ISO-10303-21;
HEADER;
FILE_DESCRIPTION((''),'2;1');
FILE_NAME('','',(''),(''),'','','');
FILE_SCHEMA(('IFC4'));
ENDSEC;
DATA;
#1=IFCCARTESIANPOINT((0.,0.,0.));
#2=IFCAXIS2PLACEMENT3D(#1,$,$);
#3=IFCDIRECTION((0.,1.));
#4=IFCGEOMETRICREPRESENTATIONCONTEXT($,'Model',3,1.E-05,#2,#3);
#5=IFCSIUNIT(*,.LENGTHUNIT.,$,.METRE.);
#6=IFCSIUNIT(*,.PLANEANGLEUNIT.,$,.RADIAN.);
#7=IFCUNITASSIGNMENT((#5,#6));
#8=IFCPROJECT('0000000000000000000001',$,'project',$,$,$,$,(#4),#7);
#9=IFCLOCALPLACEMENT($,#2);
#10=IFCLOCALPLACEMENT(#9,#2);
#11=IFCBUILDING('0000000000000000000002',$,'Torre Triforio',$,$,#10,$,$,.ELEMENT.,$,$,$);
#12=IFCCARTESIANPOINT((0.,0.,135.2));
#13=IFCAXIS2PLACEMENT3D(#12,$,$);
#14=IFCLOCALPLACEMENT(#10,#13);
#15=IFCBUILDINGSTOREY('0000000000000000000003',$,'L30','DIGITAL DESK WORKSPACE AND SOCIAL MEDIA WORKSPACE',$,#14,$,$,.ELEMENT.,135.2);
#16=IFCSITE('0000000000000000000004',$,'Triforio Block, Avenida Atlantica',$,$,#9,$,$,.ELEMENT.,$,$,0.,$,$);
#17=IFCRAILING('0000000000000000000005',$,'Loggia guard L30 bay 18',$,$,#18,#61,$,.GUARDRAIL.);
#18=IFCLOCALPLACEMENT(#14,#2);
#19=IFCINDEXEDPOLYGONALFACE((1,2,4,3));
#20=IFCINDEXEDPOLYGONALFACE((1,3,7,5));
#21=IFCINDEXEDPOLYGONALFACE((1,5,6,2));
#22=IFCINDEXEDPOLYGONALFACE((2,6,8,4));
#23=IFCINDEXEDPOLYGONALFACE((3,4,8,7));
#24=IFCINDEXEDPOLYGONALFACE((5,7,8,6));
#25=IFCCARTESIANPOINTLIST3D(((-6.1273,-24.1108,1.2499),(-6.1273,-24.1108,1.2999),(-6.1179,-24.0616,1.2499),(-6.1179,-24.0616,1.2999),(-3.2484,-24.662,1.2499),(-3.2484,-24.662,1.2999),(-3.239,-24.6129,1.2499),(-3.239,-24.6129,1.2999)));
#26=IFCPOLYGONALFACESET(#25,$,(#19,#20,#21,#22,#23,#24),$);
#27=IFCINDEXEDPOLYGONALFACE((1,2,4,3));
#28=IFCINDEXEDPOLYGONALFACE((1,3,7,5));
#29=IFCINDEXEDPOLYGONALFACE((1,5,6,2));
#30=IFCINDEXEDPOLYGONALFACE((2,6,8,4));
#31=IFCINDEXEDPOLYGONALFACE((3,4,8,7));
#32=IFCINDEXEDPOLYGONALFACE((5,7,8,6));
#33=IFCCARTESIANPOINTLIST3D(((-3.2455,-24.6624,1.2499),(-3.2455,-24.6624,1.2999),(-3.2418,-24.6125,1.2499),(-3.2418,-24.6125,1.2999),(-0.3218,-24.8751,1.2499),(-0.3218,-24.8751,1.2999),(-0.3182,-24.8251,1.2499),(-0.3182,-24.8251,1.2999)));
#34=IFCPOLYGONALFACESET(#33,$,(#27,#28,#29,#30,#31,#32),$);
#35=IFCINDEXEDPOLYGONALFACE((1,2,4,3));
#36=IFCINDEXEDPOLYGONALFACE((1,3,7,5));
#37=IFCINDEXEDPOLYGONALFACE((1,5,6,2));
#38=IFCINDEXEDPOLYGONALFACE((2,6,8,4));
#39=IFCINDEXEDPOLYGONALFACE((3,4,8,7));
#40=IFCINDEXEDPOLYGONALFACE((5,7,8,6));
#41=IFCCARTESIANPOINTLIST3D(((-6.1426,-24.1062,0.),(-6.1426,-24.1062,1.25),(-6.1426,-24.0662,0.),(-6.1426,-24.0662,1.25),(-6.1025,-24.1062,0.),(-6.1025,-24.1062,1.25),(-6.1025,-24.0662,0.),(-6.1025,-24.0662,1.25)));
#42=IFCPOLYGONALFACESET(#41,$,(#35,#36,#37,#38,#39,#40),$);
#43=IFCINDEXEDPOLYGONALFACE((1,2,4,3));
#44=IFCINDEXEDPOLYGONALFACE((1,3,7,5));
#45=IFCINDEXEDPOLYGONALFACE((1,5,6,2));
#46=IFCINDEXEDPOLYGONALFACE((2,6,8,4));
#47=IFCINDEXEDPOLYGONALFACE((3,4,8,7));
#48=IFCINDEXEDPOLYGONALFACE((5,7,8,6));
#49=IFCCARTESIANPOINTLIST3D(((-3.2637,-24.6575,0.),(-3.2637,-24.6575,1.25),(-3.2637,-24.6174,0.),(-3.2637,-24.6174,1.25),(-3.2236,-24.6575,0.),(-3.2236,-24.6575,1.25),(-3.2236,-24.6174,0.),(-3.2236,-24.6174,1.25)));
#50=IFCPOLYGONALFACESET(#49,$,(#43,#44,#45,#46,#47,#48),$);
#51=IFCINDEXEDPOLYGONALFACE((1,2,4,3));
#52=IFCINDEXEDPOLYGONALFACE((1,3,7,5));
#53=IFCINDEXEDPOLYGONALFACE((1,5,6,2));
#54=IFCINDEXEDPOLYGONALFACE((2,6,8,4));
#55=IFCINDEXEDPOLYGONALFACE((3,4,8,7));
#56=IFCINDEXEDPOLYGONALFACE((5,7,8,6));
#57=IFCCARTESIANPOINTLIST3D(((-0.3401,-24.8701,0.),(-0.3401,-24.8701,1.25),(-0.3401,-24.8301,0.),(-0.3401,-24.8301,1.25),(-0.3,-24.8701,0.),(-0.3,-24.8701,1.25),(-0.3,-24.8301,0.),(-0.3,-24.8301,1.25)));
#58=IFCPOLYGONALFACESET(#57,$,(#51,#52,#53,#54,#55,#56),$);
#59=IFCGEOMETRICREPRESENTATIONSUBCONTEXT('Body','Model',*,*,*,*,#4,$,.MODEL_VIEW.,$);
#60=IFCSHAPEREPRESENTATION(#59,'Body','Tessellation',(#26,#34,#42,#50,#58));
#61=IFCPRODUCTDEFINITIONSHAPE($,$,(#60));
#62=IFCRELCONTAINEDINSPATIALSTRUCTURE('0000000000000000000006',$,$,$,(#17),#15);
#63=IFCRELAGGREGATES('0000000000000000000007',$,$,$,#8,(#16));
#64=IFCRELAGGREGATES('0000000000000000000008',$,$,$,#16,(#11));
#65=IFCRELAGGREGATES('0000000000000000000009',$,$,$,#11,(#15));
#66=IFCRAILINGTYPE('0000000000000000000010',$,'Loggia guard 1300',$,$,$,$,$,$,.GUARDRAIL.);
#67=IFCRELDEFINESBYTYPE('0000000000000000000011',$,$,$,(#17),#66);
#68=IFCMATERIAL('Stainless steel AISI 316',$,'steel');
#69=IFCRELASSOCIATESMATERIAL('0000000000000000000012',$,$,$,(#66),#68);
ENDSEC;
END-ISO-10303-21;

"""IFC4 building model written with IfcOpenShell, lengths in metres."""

from ifc_helpers import new_model, si_unit, direction, frame, origin, origin_2d, place, context, subcontext, project, spatial, rectangle, extrude, material, type_object, element, save


model = new_model("IFC4")

# Units and contexts
model_context = context("Model", 3, precision=1e-05, world=origin(), true_north=direction((0.0, 1.0)))
body_context = subcontext(model_context, "Body", "Model", "MODEL_VIEW")
ifc_project = project(units=[si_unit("LENGTHUNIT", "METRE"), si_unit("PLANEANGLEUNIT", "RADIAN")], contexts=[model_context])

# Site, building, storey
site_placement = place(None, origin())
site = spatial("IfcSite", under=ifc_project, at=site_placement, Name="Triforio Block, Avenida Atlantica", CompositionType="ELEMENT", RefElevation=0.0)
building_placement = place(site_placement, origin())
building = spatial("IfcBuilding", under=site, at=building_placement, Name="Torre Triforio", CompositionType="ELEMENT")
storey_placement = place(building_placement, frame((0.0, 0.0, 135.2)))
storey = spatial("IfcBuildingStorey", under=building, at=storey_placement, Name="L30", Description="DIGITAL DESK WORKSPACE AND SOCIAL MEDIA WORKSPACE", CompositionType="ELEMENT", Elevation=135.2)

# Railing
ifc_material_1 = material(Name="Stainless steel AISI 316", Category="steel")
railing_type = type_object("IfcRailingType", Name="Loggia guard 1300", PredefinedType="GUARDRAIL", material=ifc_material_1)
railing_placement = place(storey_placement, frame((-6.1226, -24.0862, 0.0)))
element("IfcRailing", 1, at=railing_placement, inside=storey, type_object=railing_type, Name="Loggia guard L30 bay 18", PredefinedType="GUARDRAIL", context=body_context, shape_type="SweptSolid", body=[
    extrude(rectangle(XDim=0.05, YDim=0.05, at=origin_2d()), frame((0.0, 0.0, 1.2749), z_axis=(0.982156, -0.188069, 0.0), x_axis=(0.188069, 0.982156, 0.0)), (0.0, 0.0, 1.0), 2.9312),
    extrude(rectangle(XDim=0.05, YDim=0.05, at=origin_2d()), frame((2.8789, -0.5513, 1.2749), z_axis=(0.997365, -0.072543, 0.0), x_axis=(0.072543, 0.997365, 0.0)), (0.0, 0.0, 1.0), 2.9314),
    extrude(rectangle(XDim=0.04, YDim=0.04, at=origin_2d()), origin(), (0.0, 0.0, 1.0), 1.25),
    extrude(rectangle(XDim=0.04, YDim=0.04, at=origin_2d()), frame((2.8789, -0.5513, 0.0)), (0.0, 0.0, 1.0), 1.25),
    extrude(rectangle(XDim=0.04, YDim=0.04, at=origin_2d()), frame((5.8025, -0.7639, 0.0)), (0.0, 0.0, 1.0), 1.25),
])

save(model, "model.ifc")
